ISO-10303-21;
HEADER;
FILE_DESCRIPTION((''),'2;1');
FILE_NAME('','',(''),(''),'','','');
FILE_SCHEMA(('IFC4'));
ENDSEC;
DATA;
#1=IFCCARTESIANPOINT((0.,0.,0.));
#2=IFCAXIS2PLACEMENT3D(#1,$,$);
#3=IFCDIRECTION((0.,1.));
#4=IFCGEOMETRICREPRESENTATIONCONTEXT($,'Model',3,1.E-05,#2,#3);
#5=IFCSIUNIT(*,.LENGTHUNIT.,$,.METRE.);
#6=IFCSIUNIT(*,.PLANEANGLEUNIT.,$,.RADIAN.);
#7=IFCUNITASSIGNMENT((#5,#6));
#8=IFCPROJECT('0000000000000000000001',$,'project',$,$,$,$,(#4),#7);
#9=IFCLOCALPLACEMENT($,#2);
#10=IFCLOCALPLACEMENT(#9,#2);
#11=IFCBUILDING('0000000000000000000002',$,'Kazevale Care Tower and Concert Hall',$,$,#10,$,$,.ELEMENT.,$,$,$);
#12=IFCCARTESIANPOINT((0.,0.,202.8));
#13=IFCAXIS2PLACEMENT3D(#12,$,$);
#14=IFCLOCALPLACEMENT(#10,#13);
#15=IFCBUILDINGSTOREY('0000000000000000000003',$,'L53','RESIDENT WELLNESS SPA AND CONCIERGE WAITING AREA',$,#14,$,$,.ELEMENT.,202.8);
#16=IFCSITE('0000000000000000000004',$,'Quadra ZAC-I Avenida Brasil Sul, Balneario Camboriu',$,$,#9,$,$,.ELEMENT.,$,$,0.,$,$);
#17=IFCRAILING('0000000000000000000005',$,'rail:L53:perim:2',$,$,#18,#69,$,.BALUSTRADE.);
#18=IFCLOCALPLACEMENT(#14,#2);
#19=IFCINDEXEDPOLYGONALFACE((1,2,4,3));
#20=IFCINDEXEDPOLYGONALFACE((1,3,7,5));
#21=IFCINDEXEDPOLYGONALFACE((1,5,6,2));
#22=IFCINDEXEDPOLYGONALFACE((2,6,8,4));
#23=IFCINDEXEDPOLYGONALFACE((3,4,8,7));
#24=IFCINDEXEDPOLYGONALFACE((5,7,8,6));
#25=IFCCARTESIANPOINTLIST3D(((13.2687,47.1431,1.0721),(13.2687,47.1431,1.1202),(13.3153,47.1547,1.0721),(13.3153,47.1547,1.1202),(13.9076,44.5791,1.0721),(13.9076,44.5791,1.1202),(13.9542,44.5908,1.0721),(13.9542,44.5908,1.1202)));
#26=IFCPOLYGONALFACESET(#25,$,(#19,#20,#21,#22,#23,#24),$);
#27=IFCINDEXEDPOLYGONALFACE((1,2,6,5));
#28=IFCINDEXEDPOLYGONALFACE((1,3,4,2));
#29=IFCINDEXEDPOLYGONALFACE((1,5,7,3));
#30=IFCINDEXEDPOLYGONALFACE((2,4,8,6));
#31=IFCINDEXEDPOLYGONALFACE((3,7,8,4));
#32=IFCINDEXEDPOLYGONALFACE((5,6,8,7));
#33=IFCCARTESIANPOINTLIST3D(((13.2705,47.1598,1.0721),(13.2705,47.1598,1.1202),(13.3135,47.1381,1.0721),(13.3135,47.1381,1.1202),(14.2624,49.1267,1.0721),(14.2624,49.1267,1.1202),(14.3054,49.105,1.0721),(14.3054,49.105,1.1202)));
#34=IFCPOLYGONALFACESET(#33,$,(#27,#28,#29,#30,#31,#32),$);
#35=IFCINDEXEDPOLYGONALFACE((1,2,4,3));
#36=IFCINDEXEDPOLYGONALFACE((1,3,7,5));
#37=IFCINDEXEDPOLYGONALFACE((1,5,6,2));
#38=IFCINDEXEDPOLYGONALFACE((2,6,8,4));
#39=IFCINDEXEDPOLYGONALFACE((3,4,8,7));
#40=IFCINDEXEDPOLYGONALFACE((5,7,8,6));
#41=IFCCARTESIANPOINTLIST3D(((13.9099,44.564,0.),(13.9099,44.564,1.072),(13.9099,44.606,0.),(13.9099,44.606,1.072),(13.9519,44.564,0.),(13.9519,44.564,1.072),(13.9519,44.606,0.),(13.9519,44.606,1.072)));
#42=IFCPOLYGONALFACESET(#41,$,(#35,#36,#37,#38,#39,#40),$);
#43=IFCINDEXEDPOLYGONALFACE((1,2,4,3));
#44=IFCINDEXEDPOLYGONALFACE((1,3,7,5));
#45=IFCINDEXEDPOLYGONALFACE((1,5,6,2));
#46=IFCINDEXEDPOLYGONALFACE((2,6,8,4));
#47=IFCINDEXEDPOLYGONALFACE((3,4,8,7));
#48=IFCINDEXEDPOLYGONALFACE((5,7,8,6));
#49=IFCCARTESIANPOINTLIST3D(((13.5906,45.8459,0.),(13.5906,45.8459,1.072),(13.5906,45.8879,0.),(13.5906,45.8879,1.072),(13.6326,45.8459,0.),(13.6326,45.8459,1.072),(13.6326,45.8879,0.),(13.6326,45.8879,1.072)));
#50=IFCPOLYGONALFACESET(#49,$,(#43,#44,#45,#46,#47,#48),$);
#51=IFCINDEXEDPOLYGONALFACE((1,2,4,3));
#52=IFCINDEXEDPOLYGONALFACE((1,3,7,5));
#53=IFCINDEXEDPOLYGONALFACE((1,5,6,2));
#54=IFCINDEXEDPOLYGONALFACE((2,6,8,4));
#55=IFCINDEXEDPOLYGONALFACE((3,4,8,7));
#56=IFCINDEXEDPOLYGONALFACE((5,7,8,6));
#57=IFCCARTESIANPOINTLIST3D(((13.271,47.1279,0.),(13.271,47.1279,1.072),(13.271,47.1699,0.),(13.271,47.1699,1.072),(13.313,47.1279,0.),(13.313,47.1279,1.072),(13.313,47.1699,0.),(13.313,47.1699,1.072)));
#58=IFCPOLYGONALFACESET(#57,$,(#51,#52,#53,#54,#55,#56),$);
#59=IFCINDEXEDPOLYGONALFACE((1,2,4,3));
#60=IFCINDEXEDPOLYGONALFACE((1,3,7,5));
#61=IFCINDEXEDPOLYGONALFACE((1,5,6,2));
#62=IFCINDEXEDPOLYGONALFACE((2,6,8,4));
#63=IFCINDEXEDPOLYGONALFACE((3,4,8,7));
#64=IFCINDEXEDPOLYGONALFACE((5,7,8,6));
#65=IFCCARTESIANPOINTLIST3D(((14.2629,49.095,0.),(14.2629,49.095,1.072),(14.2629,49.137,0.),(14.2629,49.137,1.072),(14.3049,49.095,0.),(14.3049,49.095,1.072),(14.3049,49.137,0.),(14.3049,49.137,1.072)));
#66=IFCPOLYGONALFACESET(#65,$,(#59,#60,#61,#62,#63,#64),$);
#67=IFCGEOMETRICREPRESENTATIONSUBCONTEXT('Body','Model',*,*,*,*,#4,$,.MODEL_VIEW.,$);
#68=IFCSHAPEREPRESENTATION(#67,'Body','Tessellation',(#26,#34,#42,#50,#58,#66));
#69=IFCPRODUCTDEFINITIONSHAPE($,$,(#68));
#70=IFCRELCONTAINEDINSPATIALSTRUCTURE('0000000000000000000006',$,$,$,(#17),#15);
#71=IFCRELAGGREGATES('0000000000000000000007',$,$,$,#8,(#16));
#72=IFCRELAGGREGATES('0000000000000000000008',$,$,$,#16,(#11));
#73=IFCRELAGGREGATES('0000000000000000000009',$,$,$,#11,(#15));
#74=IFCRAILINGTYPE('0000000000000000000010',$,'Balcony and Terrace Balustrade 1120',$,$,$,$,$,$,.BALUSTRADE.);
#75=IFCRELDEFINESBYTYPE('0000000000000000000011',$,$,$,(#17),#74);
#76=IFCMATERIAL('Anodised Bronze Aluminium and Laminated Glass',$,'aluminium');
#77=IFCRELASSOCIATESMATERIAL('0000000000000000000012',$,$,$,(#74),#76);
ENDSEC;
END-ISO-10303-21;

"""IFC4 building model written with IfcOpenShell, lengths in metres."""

from ifc_helpers import new_model, si_unit, direction, frame, origin, origin_2d, place, context, subcontext, project, spatial, rectangle, extrude, material, type_object, element, save


model = new_model("IFC4")

# Units and contexts
model_context = context("Model", 3, precision=1e-05, world=origin(), true_north=direction((0.0, 1.0)))
body_context = subcontext(model_context, "Body", "Model", "MODEL_VIEW")
ifc_project = project(units=[si_unit("LENGTHUNIT", "METRE"), si_unit("PLANEANGLEUNIT", "RADIAN")], contexts=[model_context])

# Site, building, storey
site_placement = place(None, origin())
site = spatial("IfcSite", under=ifc_project, at=site_placement, Name="Quadra ZAC-I Avenida Brasil Sul, Balneario Camboriu", CompositionType="ELEMENT", RefElevation=0.0)
building_placement = place(site_placement, origin())
building = spatial("IfcBuilding", under=site, at=building_placement, Name="Kazevale Care Tower and Concert Hall", CompositionType="ELEMENT")
storey_placement = place(building_placement, frame((0.0, 0.0, 202.8)))
storey = spatial("IfcBuildingStorey", under=building, at=storey_placement, Name="L53", Description="RESIDENT WELLNESS SPA AND CONCIERGE WAITING AREA", CompositionType="ELEMENT", Elevation=202.8)

# Railing
ifc_material_1 = material(Name="Anodised Bronze Aluminium and Laminated Glass", Category="aluminium")
railing_type = type_object("IfcRailingType", Name="Balcony and Terrace Balustrade 1120", PredefinedType="BALUSTRADE", material=ifc_material_1)
railing_placement = place(storey_placement, frame((13.9309, 44.585, 0.0)))
element("IfcRailing", 1, at=railing_placement, inside=storey, type_object=railing_type, Name="rail:L53:perim:2", PredefinedType="BALUSTRADE", context=body_context, shape_type="SweptSolid", body=[
    extrude(rectangle(XDim=0.0481, YDim=0.0481, at=origin_2d()), frame((0.0, 0.0, 1.0962), z_axis=(-0.241796, 0.970327, 0.0), x_axis=(-0.970327, -0.241796, 0.0)), (0.0, 0.0, 1.0), 2.6423),
    extrude(rectangle(XDim=0.0481, YDim=0.0481, at=origin_2d()), frame((-0.6389, 2.564, 1.0962), z_axis=(0.45027, 0.892893, 0.0), x_axis=(-0.892893, 0.45027, 0.0)), (0.0, 0.0, 1.0), 2.2029),
    extrude(rectangle(XDim=0.042, YDim=0.042, at=origin_2d()), origin(), (0.0, 0.0, 1.0), 1.072),
    extrude(rectangle(XDim=0.042, YDim=0.042, at=origin_2d()), frame((-0.3193, 1.282, 0.0)), (0.0, 0.0, 1.0), 1.072),
    extrude(rectangle(XDim=0.042, YDim=0.042, at=origin_2d()), frame((-0.6389, 2.564, 0.0)), (0.0, 0.0, 1.0), 1.072),
    extrude(rectangle(XDim=0.042, YDim=0.042, at=origin_2d()), frame((0.353, 4.531, 0.0)), (0.0, 0.0, 1.0), 1.072),
])

save(model, "model.ifc")
